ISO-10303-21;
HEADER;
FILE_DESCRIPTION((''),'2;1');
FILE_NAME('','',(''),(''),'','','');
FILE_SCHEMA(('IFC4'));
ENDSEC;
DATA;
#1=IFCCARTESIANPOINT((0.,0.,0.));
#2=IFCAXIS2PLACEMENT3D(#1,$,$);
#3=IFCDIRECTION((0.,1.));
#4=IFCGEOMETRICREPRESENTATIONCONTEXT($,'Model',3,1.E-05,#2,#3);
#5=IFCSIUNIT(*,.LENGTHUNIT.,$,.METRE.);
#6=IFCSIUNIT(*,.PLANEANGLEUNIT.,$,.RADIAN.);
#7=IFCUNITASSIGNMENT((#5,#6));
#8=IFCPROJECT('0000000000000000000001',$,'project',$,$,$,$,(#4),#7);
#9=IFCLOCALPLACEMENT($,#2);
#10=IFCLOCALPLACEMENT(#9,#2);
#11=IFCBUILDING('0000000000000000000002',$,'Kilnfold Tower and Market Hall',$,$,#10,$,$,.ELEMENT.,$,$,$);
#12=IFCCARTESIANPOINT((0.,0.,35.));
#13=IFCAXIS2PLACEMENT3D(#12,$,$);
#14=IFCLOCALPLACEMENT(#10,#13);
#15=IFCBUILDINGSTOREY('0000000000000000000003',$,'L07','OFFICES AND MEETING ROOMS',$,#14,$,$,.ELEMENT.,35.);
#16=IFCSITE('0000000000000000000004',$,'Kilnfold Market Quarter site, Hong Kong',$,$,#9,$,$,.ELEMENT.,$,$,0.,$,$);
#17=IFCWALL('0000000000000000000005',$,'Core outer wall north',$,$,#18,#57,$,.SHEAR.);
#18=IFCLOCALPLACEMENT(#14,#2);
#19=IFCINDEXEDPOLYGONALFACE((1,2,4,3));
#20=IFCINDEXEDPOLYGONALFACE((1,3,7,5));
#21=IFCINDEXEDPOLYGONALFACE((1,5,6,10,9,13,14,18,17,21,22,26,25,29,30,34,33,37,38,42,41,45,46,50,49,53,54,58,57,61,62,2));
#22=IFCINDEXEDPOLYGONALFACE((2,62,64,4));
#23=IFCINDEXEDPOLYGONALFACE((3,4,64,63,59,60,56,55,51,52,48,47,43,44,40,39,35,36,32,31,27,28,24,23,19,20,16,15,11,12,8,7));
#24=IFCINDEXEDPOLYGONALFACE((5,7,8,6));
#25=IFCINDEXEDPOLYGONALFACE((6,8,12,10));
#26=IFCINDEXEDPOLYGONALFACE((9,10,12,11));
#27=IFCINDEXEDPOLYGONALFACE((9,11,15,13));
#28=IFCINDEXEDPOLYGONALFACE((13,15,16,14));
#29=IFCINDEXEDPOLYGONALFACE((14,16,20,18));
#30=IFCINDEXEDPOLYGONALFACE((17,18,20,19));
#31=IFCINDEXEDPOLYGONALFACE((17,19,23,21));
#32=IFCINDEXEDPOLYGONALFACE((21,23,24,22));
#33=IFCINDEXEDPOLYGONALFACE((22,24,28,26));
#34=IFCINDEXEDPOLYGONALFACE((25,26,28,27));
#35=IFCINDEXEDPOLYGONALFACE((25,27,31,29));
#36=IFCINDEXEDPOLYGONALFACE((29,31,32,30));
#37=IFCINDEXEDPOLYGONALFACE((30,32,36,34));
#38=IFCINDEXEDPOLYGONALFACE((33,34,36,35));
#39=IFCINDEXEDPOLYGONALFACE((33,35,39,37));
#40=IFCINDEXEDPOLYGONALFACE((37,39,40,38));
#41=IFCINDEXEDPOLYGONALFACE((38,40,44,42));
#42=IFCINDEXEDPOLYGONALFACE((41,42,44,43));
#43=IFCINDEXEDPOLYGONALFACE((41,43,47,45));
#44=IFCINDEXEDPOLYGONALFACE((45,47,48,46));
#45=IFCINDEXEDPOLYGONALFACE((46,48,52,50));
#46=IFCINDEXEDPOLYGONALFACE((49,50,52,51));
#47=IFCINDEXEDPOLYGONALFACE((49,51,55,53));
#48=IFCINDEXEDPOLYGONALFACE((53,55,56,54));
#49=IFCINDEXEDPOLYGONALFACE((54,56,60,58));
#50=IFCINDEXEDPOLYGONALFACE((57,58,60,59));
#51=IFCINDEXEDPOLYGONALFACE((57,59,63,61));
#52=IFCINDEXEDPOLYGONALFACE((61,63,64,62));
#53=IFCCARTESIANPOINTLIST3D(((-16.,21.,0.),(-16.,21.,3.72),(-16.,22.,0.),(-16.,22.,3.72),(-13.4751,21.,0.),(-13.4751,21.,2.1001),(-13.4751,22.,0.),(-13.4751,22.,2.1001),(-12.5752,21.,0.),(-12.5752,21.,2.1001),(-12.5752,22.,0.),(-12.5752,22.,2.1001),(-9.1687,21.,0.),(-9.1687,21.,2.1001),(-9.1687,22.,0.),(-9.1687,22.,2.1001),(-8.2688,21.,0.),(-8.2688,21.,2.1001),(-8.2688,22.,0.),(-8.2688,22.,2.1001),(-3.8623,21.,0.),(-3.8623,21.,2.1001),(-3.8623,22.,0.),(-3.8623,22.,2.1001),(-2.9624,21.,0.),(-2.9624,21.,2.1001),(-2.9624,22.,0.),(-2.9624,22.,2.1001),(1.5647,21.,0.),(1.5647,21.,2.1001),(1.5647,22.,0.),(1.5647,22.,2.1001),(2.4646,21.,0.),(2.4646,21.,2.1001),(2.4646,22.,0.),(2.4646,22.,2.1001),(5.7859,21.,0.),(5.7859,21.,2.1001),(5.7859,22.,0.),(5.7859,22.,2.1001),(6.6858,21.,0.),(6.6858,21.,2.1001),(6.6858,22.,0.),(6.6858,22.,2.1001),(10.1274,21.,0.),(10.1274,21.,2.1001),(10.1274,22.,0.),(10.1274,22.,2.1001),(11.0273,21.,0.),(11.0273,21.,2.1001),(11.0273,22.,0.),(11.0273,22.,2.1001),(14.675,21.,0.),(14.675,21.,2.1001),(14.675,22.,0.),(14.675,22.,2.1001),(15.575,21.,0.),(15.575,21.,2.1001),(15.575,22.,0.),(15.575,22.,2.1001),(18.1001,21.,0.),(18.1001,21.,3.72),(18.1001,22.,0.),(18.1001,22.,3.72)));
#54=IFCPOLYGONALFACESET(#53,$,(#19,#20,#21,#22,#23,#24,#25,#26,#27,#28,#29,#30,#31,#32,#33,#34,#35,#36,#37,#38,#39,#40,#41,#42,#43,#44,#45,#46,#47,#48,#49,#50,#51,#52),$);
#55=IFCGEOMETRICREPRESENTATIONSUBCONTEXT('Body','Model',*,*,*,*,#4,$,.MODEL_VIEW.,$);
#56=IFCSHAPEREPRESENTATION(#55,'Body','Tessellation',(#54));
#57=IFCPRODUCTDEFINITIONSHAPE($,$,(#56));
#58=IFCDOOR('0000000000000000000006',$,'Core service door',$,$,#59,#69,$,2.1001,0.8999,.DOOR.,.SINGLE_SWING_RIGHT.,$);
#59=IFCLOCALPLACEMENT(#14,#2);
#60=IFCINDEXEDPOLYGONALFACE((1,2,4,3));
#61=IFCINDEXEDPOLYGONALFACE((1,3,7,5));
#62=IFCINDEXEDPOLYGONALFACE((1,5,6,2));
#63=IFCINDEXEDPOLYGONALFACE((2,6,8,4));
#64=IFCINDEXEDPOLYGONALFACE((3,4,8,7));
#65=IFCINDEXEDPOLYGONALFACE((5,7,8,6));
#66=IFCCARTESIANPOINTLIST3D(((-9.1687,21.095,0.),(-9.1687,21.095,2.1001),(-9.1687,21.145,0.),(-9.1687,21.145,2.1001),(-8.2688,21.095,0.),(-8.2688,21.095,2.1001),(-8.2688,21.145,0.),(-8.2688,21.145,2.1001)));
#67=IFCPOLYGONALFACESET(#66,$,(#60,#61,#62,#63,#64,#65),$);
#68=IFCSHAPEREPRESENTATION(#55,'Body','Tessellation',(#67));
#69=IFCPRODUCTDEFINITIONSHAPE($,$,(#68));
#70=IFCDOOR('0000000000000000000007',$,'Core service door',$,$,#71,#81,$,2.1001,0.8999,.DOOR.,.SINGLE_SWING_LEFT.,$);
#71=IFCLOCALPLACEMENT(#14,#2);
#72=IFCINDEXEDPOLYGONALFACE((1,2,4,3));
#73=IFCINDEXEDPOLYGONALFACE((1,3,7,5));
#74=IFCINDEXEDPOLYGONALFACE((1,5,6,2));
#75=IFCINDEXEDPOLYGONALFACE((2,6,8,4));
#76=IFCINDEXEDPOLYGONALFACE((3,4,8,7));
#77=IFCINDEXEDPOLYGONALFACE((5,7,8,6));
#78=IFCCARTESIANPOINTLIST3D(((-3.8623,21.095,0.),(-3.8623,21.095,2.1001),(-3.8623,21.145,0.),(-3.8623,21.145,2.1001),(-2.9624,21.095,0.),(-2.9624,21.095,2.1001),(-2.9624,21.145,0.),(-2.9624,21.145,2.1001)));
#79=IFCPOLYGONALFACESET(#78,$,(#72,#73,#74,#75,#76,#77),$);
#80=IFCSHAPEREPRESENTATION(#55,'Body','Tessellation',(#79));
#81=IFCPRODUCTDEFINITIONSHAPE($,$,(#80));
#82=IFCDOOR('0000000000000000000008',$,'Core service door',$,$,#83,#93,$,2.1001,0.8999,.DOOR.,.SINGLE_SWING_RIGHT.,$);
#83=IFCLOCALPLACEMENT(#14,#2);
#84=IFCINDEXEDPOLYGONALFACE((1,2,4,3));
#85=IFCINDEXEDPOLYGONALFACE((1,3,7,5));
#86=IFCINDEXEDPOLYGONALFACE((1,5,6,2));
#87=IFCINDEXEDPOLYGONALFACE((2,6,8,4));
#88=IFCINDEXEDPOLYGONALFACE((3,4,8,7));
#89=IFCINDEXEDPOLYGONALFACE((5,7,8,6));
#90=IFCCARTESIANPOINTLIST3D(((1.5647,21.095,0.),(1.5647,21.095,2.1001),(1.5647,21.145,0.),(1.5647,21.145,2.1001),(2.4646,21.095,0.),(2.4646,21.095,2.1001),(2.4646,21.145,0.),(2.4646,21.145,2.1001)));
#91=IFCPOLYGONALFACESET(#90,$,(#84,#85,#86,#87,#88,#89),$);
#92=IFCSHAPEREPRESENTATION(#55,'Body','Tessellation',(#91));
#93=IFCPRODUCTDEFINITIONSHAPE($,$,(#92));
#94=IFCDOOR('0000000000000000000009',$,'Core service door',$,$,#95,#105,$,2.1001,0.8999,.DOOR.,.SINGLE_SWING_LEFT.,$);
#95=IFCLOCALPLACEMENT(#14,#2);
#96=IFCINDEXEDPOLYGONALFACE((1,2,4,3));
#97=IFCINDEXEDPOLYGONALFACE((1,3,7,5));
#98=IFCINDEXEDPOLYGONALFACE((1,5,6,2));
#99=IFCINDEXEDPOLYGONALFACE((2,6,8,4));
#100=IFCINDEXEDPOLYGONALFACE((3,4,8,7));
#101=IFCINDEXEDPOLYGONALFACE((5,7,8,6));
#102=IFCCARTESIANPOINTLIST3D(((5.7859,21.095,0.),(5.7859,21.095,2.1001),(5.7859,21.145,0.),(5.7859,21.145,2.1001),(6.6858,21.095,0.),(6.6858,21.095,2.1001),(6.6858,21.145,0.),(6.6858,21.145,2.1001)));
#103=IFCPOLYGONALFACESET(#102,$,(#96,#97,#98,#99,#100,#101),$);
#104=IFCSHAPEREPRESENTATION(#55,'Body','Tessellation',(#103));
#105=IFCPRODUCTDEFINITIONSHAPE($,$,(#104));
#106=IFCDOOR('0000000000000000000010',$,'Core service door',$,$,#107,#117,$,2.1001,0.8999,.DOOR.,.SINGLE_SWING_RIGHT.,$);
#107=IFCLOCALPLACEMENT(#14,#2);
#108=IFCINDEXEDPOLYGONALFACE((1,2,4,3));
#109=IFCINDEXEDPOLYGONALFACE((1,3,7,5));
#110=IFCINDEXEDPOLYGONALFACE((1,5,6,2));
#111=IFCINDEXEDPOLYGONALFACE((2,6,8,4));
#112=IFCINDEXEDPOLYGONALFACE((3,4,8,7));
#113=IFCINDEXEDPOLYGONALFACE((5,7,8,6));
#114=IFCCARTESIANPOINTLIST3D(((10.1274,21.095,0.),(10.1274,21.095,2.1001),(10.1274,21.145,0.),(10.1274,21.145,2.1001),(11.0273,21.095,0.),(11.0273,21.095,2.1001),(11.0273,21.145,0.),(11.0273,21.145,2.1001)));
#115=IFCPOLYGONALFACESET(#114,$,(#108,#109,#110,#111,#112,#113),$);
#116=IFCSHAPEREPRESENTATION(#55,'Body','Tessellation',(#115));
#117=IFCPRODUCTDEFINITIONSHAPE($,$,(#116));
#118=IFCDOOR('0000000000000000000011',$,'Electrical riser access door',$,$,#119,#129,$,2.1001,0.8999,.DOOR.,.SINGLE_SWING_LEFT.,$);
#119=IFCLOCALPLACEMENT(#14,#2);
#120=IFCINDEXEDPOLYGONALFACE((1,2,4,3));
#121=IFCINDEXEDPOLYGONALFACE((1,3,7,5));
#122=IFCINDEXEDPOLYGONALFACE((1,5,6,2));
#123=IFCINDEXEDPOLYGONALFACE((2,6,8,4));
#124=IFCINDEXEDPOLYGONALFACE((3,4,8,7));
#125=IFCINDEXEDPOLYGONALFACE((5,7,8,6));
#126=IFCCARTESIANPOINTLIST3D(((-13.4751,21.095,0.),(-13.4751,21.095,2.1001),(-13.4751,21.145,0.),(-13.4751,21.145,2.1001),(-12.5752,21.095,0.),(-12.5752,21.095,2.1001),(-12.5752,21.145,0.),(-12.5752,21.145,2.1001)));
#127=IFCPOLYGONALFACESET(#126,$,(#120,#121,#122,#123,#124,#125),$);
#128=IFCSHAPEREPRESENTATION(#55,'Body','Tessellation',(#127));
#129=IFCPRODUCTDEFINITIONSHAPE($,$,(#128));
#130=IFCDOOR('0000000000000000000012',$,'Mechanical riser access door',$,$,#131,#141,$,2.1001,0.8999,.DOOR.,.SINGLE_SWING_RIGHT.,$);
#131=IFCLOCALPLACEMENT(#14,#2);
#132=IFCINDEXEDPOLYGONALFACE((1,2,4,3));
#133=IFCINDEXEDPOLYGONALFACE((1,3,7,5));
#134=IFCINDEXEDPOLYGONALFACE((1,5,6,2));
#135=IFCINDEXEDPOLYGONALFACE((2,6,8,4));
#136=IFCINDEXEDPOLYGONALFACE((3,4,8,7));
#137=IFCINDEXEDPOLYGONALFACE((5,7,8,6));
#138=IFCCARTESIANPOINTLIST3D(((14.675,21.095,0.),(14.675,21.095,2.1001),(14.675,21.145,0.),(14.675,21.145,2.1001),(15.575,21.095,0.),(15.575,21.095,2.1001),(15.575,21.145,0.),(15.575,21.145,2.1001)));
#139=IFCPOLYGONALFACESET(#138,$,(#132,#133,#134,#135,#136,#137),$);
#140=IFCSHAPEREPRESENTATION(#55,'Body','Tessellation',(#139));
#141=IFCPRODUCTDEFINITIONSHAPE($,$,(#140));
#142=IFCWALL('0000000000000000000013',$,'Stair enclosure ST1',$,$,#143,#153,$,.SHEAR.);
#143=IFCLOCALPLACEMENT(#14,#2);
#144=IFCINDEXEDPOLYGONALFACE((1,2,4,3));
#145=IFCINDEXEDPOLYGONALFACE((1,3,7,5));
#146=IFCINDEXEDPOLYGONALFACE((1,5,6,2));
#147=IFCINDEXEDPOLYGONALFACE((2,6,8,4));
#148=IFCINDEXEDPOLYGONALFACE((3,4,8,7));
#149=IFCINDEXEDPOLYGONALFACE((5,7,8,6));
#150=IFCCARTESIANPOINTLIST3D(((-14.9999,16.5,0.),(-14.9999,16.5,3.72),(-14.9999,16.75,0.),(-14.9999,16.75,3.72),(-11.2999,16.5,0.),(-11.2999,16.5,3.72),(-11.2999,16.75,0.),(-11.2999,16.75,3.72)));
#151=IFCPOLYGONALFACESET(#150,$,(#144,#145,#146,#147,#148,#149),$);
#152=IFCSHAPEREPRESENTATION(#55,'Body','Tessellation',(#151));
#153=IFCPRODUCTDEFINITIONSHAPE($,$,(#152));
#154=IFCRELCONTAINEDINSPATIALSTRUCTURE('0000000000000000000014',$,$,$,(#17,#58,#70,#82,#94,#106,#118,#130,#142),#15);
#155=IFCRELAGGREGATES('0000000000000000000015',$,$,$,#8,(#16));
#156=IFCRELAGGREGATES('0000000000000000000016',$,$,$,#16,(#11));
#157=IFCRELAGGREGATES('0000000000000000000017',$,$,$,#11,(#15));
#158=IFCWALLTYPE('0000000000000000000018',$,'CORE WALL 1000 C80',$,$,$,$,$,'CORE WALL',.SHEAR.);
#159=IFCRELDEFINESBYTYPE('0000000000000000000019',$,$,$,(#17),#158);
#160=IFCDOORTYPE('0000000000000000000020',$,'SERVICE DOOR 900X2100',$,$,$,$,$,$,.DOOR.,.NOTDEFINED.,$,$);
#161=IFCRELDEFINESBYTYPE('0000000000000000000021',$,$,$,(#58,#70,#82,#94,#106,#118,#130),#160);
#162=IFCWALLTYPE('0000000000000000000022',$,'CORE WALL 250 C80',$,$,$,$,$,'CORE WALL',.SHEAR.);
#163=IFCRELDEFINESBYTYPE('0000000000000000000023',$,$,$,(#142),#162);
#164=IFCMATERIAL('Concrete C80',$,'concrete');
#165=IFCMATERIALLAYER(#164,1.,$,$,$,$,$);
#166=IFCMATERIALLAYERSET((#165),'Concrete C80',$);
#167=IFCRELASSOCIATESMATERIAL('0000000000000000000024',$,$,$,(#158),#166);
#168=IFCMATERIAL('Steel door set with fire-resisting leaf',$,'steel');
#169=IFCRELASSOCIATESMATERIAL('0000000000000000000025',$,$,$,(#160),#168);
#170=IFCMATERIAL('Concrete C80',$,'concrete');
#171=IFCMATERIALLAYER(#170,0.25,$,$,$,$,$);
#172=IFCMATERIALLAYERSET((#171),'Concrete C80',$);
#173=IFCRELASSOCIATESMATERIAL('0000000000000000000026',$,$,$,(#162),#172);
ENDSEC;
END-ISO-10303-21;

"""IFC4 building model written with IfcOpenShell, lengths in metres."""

from ifc_helpers import new_model, si_unit, direction, frame, frame_2d, origin, place, context, subcontext, project, spatial, rectangle, extrude, source, transform, mapped, material, layer, layer_set, type_object, element, fill, save


model = new_model("IFC4")

# Units and contexts
model_context = context("Model", 3, precision=1e-05, world=origin(), true_north=direction((0.0, 1.0)))
body_context = subcontext(model_context, "Body", "Model", "MODEL_VIEW")
ifc_project = project(units=[si_unit("LENGTHUNIT", "METRE"), si_unit("PLANEANGLEUNIT", "RADIAN")], contexts=[model_context])

# Site, building, storey
site_placement = place(None, origin())
site = spatial("IfcSite", under=ifc_project, at=site_placement, Name="Kilnfold Market Quarter site, Hong Kong", CompositionType="ELEMENT", RefElevation=0.0)
building_placement = place(site_placement, origin())
building = spatial("IfcBuilding", under=site, at=building_placement, Name="Kilnfold Tower and Market Hall", CompositionType="ELEMENT")
storey_placement = place(building_placement, frame((0.0, 0.0, 35.0)))
storey = spatial("IfcBuildingStorey", under=building, at=storey_placement, Name="L07", Description="OFFICES AND MEETING ROOMS", CompositionType="ELEMENT", Elevation=35.0)

# Wall, openings, doors
ifc_material_1 = material(Name="Concrete C80", Category="concrete")
ifc_layer_1 = layer(ifc_material_1, 1.0)
ifc_layer_set_1 = layer_set([ifc_layer_1], Name="Concrete C80")
wall_type_1 = type_object("IfcWallType", Name="CORE WALL 1000 C80", ElementType="CORE WALL", PredefinedType="SHEAR", material=ifc_layer_set_1)
shared_shape_1 = source(origin(), body_context, "Body", "SweptSolid", [
    extrude(rectangle(XDim=34.1001, YDim=1.0, at=frame_2d((17.05, 0.0))), origin(), (0.0, 0.0, 1.0), 3.72),
])
wall_1_placement = place(storey_placement, frame((-16.0, 21.5, 0.0), z_axis=(0.0, 0.0, 1.0), x_axis=(1.0, 0.0, 0.0)))
wall_1 = element("IfcWall", 1, at=wall_1_placement, inside=storey, type_object=wall_type_1, Name="Core outer wall north", PredefinedType="SHEAR", context=body_context, shape_type="MappedRepresentation", body=[
    mapped(shared_shape_1, transform((0.0, 0.0, 0.0))),
])
opening_1_placement = place(wall_1_placement, frame((6.8313, 0.0, 0.0)))
opening_1 = element("IfcOpeningElement", 2, at=opening_1_placement, cuts=wall_1, PredefinedType="OPENING", context=body_context, shape_type="SweptSolid", body=[
    extrude(rectangle(XDim=0.8999, YDim=2.1001, at=frame_2d((0.45, 1.05))), frame((0.0, 0.51, 0.0), z_axis=(0.0, -1.0, 0.0), x_axis=(1.0, 0.0, 0.0)), (0.0, 0.0, 1.0), 1.02),
])
opening_2_placement = place(wall_1_placement, frame((12.1377, 0.0, 0.0)))
opening_2 = element("IfcOpeningElement", 3, at=opening_2_placement, cuts=wall_1, PredefinedType="OPENING", context=body_context, shape_type="SweptSolid", body=[
    extrude(rectangle(XDim=0.8999, YDim=2.1001, at=frame_2d((0.45, 1.05))), frame((0.0, 0.51, 0.0), z_axis=(0.0, -1.0, 0.0), x_axis=(1.0, 0.0, 0.0)), (0.0, 0.0, 1.0), 1.02),
])
opening_3_placement = place(wall_1_placement, frame((17.5647, 0.0, 0.0)))
opening_3 = element("IfcOpeningElement", 4, at=opening_3_placement, cuts=wall_1, PredefinedType="OPENING", context=body_context, shape_type="SweptSolid", body=[
    extrude(rectangle(XDim=0.8999, YDim=2.1001, at=frame_2d((0.45, 1.05))), frame((0.0, 0.51, 0.0), z_axis=(0.0, -1.0, 0.0), x_axis=(1.0, 0.0, 0.0)), (0.0, 0.0, 1.0), 1.02),
])
opening_4_placement = place(wall_1_placement, frame((21.7859, 0.0, 0.0)))
opening_4 = element("IfcOpeningElement", 5, at=opening_4_placement, cuts=wall_1, PredefinedType="OPENING", context=body_context, shape_type="SweptSolid", body=[
    extrude(rectangle(XDim=0.8999, YDim=2.1001, at=frame_2d((0.45, 1.05))), frame((0.0, 0.51, 0.0), z_axis=(0.0, -1.0, 0.0), x_axis=(1.0, 0.0, 0.0)), (0.0, 0.0, 1.0), 1.02),
])
opening_5_placement = place(wall_1_placement, frame((26.1274, 0.0, 0.0)))
opening_5 = element("IfcOpeningElement", 6, at=opening_5_placement, cuts=wall_1, PredefinedType="OPENING", context=body_context, shape_type="SweptSolid", body=[
    extrude(rectangle(XDim=0.8999, YDim=2.1001, at=frame_2d((0.45, 1.05))), frame((0.0, 0.51, 0.0), z_axis=(0.0, -1.0, 0.0), x_axis=(1.0, 0.0, 0.0)), (0.0, 0.0, 1.0), 1.02),
])
opening_6_placement = place(wall_1_placement, frame((2.5249, 0.0, 0.0)))
opening_6 = element("IfcOpeningElement", 7, at=opening_6_placement, cuts=wall_1, PredefinedType="OPENING", context=body_context, shape_type="SweptSolid", body=[
    extrude(rectangle(XDim=0.8999, YDim=2.1001, at=frame_2d((0.45, 1.05))), frame((0.0, 0.51, 0.0), z_axis=(0.0, -1.0, 0.0), x_axis=(1.0, 0.0, 0.0)), (0.0, 0.0, 1.0), 1.02),
])
opening_7_placement = place(wall_1_placement, frame((30.675, 0.0, 0.0)))
opening_7 = element("IfcOpeningElement", 8, at=opening_7_placement, cuts=wall_1, PredefinedType="OPENING", context=body_context, shape_type="SweptSolid", body=[
    extrude(rectangle(XDim=0.8999, YDim=2.1001, at=frame_2d((0.45, 1.05))), frame((0.0, 0.51, 0.0), z_axis=(0.0, -1.0, 0.0), x_axis=(1.0, 0.0, 0.0)), (0.0, 0.0, 1.0), 1.02),
])
ifc_material_2 = material(Name="Steel door set with fire-resisting leaf", Category="steel")
door_type = type_object("IfcDoorType", Name="SERVICE DOOR 900X2100", OperationType="NOTDEFINED", PredefinedType="DOOR", material=ifc_material_2)
door_1_placement = place(opening_1_placement, origin())
door_1 = element("IfcDoor", 9, at=door_1_placement, inside=storey, type_object=door_type, Name="Core service door", OperationType="SINGLE_SWING_RIGHT", OverallHeight=2.1001, OverallWidth=0.8999, PredefinedType="DOOR", context=body_context, shape_type="SweptSolid", body=[
    extrude(rectangle(XDim=0.8999, YDim=2.1001, at=frame_2d((0.45, 1.05))), frame((0.0, -0.355, 0.0), z_axis=(0.0, -1.0, 0.0), x_axis=(1.0, 0.0, 0.0)), (0.0, 0.0, 1.0), 0.05),
])
fill(opening_1, door_1)
door_2_placement = place(opening_2_placement, origin())
door_2 = element("IfcDoor", 10, at=door_2_placement, inside=storey, type_object=door_type, Name="Core service door", OperationType="SINGLE_SWING_LEFT", OverallHeight=2.1001, OverallWidth=0.8999, PredefinedType="DOOR", context=body_context, shape_type="SweptSolid", body=[
    extrude(rectangle(XDim=0.8999, YDim=2.1001, at=frame_2d((0.45, 1.05))), frame((0.0, -0.355, 0.0), z_axis=(0.0, -1.0, 0.0), x_axis=(1.0, 0.0, 0.0)), (0.0, 0.0, 1.0), 0.05),
])
fill(opening_2, door_2)
door_3_placement = place(opening_3_placement, origin())
door_3 = element("IfcDoor", 11, at=door_3_placement, inside=storey, type_object=door_type, Name="Core service door", OperationType="SINGLE_SWING_RIGHT", OverallHeight=2.1001, OverallWidth=0.8999, PredefinedType="DOOR", context=body_context, shape_type="SweptSolid", body=[
    extrude(rectangle(XDim=0.8999, YDim=2.1001, at=frame_2d((0.45, 1.05))), frame((0.0, -0.355, 0.0), z_axis=(0.0, -1.0, 0.0), x_axis=(1.0, 0.0, 0.0)), (0.0, 0.0, 1.0), 0.05),
])
fill(opening_3, door_3)
door_4_placement = place(opening_4_placement, origin())
door_4 = element("IfcDoor", 12, at=door_4_placement, inside=storey, type_object=door_type, Name="Core service door", OperationType="SINGLE_SWING_LEFT", OverallHeight=2.1001, OverallWidth=0.8999, PredefinedType="DOOR", context=body_context, shape_type="SweptSolid", body=[
    extrude(rectangle(XDim=0.8999, YDim=2.1001, at=frame_2d((0.45, 1.05))), frame((0.0, -0.355, 0.0), z_axis=(0.0, -1.0, 0.0), x_axis=(1.0, 0.0, 0.0)), (0.0, 0.0, 1.0), 0.05),
])
fill(opening_4, door_4)
door_5_placement = place(opening_5_placement, origin())
door_5 = element("IfcDoor", 13, at=door_5_placement, inside=storey, type_object=door_type, Name="Core service door", OperationType="SINGLE_SWING_RIGHT", OverallHeight=2.1001, OverallWidth=0.8999, PredefinedType="DOOR", context=body_context, shape_type="SweptSolid", body=[
    extrude(rectangle(XDim=0.8999, YDim=2.1001, at=frame_2d((0.45, 1.05))), frame((0.0, -0.355, 0.0), z_axis=(0.0, -1.0, 0.0), x_axis=(1.0, 0.0, 0.0)), (0.0, 0.0, 1.0), 0.05),
])
fill(opening_5, door_5)
door_6_placement = place(opening_6_placement, origin())
door_6 = element("IfcDoor", 14, at=door_6_placement, inside=storey, type_object=door_type, Name="Electrical riser access door", OperationType="SINGLE_SWING_LEFT", OverallHeight=2.1001, OverallWidth=0.8999, PredefinedType="DOOR", context=body_context, shape_type="SweptSolid", body=[
    extrude(rectangle(XDim=0.8999, YDim=2.1001, at=frame_2d((0.45, 1.05))), frame((0.0, -0.355, 0.0), z_axis=(0.0, -1.0, 0.0), x_axis=(1.0, 0.0, 0.0)), (0.0, 0.0, 1.0), 0.05),
])
fill(opening_6, door_6)
door_7_placement = place(opening_7_placement, origin())
door_7 = element("IfcDoor", 15, at=door_7_placement, inside=storey, type_object=door_type, Name="Mechanical riser access door", OperationType="SINGLE_SWING_RIGHT", OverallHeight=2.1001, OverallWidth=0.8999, PredefinedType="DOOR", context=body_context, shape_type="SweptSolid", body=[
    extrude(rectangle(XDim=0.8999, YDim=2.1001, at=frame_2d((0.45, 1.05))), frame((0.0, -0.355, 0.0), z_axis=(0.0, -1.0, 0.0), x_axis=(1.0, 0.0, 0.0)), (0.0, 0.0, 1.0), 0.05),
])
fill(opening_7, door_7)

# Wall
ifc_material_3 = material(Name="Concrete C80", Category="concrete")
ifc_layer_2 = layer(ifc_material_3, 0.25)
ifc_layer_set_2 = layer_set([ifc_layer_2], Name="Concrete C80")
wall_type_2 = type_object("IfcWallType", Name="CORE WALL 250 C80", ElementType="CORE WALL", PredefinedType="SHEAR", material=ifc_layer_set_2)
shared_shape_2 = source(origin(), body_context, "Body", "SweptSolid", [
    extrude(rectangle(XDim=3.7, YDim=0.25, at=frame_2d((1.8501, 0.0))), origin(), (0.0, 0.0, 1.0), 3.72),
])
wall_2_placement = place(storey_placement, frame((-15.0, 16.625, 0.0), z_axis=(0.0, 0.0, 1.0), x_axis=(1.0, 0.0, 0.0)))
element("IfcWall", 16, at=wall_2_placement, inside=storey, type_object=wall_type_2, Name="Stair enclosure ST1", PredefinedType="SHEAR", context=body_context, shape_type="MappedRepresentation", body=[
    mapped(shared_shape_2, transform((0.0, 0.0, 0.0))),
])

save(model, "model.ifc")
